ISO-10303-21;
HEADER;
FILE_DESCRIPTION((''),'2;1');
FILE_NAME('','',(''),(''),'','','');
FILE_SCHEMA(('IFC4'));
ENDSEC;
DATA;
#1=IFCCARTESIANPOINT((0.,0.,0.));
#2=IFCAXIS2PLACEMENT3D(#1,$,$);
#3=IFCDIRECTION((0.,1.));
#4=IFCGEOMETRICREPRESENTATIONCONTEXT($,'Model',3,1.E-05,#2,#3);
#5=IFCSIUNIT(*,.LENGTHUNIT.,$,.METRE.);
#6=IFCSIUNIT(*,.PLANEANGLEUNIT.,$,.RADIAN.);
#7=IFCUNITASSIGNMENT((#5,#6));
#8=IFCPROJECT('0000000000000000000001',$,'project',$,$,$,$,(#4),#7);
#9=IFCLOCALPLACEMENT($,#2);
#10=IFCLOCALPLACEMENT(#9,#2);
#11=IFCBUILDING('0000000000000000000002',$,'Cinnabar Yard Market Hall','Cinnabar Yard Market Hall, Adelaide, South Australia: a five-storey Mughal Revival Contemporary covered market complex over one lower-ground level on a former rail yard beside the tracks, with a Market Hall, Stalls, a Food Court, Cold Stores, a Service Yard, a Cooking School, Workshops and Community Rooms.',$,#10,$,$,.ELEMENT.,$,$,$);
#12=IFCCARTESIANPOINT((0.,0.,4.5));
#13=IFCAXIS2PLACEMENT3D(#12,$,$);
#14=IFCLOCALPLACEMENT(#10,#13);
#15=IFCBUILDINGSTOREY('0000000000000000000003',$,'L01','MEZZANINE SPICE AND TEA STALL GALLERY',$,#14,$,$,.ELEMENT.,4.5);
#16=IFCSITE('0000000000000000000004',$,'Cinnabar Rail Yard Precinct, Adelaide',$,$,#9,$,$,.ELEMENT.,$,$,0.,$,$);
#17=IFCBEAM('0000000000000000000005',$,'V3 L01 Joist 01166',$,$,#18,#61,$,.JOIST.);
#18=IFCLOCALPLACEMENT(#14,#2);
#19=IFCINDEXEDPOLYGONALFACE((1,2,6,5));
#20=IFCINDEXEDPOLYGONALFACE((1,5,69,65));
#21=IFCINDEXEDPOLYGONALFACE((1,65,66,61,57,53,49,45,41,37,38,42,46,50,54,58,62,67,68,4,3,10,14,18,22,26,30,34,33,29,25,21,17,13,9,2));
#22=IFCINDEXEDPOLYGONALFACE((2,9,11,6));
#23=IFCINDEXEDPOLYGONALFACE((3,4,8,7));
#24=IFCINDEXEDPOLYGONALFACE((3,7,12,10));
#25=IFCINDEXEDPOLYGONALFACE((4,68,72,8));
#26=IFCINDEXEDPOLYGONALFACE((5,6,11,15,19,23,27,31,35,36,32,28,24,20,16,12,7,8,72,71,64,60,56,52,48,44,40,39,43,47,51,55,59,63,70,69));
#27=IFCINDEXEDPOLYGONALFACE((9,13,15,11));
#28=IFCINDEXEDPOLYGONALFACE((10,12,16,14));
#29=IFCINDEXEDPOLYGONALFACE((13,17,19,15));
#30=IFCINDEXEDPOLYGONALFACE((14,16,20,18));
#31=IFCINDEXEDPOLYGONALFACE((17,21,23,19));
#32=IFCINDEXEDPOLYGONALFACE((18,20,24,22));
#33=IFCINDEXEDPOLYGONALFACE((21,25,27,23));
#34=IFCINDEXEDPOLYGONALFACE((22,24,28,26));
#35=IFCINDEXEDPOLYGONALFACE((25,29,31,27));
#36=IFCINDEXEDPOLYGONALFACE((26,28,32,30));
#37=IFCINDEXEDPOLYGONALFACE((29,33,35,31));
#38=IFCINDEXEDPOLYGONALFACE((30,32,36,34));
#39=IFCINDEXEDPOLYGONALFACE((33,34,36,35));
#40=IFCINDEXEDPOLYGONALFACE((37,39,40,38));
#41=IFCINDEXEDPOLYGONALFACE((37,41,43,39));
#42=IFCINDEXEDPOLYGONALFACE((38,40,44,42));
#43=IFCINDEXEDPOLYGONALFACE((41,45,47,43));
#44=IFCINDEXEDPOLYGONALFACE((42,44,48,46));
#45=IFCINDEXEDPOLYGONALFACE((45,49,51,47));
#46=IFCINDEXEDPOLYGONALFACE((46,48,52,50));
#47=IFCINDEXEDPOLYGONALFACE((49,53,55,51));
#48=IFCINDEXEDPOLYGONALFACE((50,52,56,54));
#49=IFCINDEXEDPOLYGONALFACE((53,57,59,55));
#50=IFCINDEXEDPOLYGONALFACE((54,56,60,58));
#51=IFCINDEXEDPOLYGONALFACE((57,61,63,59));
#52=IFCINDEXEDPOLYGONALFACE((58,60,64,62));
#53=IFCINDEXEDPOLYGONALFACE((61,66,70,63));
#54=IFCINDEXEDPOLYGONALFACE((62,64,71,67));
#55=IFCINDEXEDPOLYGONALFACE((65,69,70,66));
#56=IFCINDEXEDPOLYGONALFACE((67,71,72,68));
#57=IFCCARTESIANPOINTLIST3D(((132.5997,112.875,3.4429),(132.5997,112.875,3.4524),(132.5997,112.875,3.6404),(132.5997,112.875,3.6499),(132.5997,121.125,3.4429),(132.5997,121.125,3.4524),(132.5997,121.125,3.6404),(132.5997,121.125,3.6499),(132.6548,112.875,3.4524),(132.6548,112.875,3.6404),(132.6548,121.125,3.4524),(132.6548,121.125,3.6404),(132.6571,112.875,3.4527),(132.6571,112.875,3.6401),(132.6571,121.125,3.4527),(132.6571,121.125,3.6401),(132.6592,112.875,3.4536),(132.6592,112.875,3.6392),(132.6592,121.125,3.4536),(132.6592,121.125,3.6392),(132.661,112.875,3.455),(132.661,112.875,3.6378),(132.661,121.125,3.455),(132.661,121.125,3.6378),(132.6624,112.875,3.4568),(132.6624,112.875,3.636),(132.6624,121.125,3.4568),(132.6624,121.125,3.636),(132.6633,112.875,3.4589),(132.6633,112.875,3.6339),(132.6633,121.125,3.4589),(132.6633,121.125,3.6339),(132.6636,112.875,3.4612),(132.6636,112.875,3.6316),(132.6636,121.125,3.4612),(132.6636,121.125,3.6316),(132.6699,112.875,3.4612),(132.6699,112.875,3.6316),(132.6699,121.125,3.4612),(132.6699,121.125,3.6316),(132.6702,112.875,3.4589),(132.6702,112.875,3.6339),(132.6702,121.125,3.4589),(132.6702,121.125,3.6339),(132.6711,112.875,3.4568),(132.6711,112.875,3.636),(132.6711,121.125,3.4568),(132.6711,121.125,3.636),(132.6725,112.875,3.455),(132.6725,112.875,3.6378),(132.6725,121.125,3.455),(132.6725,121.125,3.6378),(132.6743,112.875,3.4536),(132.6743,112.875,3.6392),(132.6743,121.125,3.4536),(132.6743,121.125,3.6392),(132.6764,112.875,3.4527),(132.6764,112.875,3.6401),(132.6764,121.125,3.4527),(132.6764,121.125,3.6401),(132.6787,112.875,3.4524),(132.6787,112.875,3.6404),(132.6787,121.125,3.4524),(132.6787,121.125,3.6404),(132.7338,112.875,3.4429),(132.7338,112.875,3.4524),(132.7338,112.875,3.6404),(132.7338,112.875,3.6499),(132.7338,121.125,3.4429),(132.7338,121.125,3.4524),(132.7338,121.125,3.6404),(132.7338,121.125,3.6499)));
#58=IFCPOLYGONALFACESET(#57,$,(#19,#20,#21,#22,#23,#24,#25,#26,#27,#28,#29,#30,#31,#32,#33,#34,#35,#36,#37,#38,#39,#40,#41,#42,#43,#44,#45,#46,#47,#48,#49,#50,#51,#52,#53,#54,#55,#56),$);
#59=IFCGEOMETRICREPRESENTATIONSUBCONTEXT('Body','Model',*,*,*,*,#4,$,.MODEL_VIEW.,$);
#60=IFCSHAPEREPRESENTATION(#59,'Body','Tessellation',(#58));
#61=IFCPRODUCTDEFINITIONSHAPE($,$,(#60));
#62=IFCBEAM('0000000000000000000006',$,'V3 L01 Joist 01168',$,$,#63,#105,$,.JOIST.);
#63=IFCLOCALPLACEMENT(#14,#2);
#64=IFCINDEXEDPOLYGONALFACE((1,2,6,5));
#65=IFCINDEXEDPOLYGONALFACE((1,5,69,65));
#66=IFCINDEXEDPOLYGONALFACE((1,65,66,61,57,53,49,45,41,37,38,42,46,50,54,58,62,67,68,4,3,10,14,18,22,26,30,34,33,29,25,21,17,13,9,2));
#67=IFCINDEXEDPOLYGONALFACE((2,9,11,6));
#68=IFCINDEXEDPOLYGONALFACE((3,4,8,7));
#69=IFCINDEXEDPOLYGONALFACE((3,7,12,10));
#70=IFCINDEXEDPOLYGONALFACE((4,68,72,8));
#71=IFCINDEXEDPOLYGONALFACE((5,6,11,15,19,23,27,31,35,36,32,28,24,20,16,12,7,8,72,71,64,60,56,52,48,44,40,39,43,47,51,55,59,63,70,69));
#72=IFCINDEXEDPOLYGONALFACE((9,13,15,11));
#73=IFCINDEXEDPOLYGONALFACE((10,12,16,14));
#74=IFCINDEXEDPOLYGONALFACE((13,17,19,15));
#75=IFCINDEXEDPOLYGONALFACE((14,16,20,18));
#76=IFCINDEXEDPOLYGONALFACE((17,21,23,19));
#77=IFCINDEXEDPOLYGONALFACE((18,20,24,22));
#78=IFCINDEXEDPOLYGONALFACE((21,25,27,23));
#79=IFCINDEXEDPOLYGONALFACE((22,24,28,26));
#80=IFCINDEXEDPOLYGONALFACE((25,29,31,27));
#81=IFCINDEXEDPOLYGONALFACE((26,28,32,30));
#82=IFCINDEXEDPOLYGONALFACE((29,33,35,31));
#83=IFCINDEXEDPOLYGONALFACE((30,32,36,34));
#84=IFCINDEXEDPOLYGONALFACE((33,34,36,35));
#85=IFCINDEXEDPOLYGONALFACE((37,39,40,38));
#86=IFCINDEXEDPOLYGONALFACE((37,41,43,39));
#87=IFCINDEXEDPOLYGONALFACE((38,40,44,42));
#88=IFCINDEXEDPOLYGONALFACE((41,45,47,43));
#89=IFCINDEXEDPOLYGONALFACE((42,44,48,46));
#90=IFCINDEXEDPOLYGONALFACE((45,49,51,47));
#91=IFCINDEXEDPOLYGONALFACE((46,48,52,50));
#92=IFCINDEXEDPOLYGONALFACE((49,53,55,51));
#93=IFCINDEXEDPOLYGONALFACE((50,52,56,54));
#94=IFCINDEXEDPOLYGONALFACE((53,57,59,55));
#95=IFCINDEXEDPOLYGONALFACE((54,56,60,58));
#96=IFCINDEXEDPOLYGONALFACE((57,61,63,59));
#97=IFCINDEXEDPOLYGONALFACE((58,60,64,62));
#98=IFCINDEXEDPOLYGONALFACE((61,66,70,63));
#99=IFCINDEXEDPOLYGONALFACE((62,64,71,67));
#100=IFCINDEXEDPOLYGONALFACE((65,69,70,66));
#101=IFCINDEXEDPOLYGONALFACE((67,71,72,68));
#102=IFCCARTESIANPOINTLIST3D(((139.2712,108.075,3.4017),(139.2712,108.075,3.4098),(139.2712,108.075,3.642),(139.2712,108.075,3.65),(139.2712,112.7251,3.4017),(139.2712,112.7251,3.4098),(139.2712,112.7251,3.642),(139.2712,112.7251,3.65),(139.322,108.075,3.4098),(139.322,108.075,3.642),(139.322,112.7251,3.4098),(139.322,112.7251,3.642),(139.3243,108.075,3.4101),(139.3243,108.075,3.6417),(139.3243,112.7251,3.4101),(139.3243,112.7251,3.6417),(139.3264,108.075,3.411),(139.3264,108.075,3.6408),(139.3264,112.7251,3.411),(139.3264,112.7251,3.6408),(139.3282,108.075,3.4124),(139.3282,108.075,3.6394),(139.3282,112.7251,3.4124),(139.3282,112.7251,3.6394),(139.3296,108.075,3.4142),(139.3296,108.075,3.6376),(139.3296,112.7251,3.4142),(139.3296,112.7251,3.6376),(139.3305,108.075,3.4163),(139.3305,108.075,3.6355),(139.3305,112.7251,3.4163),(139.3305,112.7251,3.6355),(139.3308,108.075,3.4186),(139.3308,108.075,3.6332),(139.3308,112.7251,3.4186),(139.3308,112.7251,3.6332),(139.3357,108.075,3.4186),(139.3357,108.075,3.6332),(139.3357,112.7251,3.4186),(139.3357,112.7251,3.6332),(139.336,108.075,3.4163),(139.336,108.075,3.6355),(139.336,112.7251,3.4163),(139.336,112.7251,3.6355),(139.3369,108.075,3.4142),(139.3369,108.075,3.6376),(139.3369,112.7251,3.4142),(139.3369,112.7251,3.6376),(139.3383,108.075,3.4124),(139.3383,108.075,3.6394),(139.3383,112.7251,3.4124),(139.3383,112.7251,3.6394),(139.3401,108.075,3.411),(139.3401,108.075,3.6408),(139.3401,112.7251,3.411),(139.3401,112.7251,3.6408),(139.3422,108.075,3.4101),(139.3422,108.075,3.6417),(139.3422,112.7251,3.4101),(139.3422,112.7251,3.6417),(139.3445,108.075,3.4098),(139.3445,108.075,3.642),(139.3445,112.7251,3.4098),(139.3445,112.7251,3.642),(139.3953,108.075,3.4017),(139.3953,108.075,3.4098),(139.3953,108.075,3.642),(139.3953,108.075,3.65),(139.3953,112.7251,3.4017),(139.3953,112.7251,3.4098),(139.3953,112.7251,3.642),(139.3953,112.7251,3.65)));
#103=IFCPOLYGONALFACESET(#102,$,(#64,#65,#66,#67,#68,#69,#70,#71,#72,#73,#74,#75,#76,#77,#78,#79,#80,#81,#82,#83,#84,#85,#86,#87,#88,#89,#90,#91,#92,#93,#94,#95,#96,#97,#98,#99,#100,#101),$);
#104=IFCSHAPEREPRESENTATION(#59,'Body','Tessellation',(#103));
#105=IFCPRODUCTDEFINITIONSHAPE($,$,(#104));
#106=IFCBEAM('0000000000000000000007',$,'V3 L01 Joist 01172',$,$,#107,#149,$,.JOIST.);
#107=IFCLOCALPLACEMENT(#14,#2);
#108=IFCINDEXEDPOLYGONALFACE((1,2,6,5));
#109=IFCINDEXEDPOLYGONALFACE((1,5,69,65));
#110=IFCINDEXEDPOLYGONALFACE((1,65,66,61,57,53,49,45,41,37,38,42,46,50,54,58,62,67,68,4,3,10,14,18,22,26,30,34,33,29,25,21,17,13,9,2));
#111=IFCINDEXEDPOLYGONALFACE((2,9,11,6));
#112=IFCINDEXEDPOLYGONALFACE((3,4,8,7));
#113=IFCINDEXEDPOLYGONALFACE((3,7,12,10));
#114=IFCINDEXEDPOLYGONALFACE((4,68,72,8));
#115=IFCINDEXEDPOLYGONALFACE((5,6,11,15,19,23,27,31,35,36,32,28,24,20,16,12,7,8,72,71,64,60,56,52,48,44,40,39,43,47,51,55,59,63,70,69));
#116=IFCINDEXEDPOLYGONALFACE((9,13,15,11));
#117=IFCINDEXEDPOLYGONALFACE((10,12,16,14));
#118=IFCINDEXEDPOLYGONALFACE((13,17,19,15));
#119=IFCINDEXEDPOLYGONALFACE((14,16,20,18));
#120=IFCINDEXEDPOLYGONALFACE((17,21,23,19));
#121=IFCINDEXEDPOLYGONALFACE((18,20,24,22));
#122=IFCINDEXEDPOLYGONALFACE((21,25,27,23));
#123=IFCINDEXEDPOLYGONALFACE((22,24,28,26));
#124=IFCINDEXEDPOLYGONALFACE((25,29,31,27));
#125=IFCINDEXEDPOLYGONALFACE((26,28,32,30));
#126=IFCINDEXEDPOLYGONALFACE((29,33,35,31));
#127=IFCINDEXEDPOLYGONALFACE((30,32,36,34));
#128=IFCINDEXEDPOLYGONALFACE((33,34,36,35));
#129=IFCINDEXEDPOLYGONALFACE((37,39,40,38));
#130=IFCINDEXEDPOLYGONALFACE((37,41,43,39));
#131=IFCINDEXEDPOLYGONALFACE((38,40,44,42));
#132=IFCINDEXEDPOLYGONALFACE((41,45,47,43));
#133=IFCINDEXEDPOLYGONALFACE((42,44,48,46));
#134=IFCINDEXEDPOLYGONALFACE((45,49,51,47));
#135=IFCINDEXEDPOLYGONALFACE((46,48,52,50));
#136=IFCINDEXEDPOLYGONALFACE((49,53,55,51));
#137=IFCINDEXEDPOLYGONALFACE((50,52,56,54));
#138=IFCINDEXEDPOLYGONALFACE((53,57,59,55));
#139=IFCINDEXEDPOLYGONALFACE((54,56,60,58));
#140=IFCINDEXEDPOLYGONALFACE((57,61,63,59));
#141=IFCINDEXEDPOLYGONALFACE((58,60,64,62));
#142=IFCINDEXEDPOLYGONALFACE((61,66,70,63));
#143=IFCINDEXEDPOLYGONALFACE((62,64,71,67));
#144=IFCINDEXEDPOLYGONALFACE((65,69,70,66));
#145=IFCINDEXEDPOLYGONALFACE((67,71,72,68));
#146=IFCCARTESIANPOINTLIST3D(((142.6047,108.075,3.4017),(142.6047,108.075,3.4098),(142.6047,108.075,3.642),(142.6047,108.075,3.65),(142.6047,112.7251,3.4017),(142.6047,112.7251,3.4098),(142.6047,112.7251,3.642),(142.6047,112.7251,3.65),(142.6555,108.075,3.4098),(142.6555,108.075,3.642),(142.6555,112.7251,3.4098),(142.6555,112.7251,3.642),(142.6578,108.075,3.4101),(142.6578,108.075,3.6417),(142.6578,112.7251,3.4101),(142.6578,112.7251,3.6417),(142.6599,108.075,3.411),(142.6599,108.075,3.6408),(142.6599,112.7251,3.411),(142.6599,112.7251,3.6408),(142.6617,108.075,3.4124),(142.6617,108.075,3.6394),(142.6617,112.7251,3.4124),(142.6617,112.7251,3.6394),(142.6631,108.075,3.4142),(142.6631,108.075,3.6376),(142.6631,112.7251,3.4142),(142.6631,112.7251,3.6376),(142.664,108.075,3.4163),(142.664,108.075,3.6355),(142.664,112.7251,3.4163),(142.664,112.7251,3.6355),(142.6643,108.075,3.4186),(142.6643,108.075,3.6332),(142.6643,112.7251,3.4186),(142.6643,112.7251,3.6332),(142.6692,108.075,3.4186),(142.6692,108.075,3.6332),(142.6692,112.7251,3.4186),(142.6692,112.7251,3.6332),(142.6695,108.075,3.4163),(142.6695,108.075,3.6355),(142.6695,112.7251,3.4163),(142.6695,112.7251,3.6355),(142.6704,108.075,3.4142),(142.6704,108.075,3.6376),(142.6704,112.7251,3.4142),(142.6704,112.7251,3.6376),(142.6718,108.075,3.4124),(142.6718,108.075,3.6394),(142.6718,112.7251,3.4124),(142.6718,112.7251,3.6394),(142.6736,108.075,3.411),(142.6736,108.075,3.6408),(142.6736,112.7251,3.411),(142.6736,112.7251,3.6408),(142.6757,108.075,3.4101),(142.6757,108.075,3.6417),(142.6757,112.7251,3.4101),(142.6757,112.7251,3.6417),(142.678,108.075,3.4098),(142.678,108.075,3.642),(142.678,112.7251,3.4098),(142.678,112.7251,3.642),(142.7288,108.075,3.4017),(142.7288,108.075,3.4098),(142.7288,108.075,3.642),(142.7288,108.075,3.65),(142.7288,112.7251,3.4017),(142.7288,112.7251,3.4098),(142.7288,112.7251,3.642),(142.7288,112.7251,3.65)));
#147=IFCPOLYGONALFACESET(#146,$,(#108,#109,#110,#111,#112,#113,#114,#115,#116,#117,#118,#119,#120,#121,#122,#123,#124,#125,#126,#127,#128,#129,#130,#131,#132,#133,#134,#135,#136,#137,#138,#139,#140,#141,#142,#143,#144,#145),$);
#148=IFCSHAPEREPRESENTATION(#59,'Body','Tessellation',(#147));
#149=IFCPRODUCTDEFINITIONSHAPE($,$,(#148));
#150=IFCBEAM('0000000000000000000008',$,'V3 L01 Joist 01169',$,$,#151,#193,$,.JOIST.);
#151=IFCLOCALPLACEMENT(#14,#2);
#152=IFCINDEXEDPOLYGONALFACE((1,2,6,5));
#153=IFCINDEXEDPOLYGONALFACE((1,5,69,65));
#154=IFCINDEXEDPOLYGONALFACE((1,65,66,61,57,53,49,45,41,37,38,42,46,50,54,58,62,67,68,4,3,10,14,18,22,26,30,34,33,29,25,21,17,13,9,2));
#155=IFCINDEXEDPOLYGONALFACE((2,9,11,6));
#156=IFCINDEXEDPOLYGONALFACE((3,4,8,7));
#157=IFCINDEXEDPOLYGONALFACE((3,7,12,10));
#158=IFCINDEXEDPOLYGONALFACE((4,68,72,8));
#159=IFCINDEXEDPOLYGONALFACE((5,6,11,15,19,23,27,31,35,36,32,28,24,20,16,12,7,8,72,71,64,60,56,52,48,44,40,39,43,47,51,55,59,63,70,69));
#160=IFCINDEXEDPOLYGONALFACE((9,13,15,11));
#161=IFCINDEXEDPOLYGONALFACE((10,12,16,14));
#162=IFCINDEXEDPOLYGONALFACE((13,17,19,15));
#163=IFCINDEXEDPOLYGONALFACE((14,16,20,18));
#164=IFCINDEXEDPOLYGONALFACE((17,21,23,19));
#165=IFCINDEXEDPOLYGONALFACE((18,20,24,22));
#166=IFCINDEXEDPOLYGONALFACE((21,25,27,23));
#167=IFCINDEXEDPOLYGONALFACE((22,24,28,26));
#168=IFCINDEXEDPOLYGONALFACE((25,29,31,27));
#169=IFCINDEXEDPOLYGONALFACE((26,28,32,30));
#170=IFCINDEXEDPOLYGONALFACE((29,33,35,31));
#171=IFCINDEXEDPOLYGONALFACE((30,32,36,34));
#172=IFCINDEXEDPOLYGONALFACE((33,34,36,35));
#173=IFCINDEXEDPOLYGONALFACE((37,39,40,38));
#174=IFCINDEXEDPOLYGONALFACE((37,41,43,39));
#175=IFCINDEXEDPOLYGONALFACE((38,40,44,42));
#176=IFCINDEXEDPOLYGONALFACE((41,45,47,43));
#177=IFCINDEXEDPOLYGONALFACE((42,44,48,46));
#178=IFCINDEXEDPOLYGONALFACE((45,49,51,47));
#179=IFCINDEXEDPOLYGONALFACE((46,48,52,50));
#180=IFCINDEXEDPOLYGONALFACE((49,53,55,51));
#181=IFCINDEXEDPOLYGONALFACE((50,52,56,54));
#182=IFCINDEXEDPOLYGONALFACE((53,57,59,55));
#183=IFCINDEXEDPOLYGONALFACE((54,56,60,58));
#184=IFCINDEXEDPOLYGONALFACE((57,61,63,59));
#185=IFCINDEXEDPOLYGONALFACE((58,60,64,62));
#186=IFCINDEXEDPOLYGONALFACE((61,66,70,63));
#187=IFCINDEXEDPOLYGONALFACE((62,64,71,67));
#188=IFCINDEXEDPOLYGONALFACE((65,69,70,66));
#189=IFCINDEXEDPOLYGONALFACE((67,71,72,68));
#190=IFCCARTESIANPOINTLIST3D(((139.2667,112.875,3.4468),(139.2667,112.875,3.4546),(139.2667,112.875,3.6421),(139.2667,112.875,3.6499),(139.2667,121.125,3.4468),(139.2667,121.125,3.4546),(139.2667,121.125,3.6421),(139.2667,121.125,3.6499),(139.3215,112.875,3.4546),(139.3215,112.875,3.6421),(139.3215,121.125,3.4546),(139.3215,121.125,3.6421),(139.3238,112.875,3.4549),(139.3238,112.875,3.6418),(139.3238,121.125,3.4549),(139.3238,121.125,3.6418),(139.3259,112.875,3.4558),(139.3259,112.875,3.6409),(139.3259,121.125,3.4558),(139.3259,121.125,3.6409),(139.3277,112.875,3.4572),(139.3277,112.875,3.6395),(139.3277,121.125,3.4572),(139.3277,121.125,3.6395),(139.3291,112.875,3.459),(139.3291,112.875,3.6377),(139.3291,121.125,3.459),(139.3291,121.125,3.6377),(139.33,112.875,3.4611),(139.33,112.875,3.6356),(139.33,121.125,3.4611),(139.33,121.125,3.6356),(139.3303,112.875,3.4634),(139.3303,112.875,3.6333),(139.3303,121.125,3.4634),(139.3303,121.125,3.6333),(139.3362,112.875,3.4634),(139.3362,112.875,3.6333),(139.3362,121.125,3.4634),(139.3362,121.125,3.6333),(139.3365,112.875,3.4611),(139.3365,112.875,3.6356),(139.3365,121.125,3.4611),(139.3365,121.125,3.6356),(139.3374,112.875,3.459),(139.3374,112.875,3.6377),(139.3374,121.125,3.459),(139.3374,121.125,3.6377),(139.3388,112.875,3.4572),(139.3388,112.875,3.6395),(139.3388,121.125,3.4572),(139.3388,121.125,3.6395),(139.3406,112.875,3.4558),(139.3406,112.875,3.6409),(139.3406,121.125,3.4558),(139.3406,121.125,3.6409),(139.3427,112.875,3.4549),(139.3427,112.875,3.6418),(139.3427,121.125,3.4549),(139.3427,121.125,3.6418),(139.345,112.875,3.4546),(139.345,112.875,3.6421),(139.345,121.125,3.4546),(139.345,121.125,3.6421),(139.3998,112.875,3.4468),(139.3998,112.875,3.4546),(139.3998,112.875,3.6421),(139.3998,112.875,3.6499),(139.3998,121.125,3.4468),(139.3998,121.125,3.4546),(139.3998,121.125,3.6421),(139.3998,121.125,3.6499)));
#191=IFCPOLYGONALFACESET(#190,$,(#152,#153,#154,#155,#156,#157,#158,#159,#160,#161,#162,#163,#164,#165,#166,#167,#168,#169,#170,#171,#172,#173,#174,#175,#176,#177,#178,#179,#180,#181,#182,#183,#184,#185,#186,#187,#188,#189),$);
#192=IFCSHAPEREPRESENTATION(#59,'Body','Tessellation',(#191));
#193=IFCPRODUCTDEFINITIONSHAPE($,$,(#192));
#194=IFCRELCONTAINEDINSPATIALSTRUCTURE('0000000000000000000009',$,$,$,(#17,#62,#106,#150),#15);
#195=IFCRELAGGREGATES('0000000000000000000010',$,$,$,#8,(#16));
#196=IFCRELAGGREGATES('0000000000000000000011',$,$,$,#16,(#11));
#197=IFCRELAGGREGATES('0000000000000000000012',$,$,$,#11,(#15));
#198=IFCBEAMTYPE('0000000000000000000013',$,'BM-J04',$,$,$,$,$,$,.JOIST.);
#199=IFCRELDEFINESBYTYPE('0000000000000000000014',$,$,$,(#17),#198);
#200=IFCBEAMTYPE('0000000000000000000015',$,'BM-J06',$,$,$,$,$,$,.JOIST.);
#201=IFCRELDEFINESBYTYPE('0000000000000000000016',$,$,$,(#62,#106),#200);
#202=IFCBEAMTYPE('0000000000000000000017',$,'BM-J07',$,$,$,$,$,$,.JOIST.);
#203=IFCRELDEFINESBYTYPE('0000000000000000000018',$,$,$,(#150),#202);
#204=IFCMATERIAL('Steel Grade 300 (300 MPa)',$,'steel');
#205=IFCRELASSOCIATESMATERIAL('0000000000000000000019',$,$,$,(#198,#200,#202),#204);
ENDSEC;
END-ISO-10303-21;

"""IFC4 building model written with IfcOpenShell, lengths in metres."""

from ifc_helpers import new_model, si_unit, direction, frame, origin, origin_2d_with_axis, place, context, subcontext, project, spatial, i_section, extrude, material, material_profile, profile_set, type_object, element, save


model = new_model("IFC4")

# Units and contexts
model_context = context("Model", 3, precision=1e-05, world=origin(), true_north=direction((0.0, 1.0)))
body_context = subcontext(model_context, "Body", "Model", "MODEL_VIEW")
ifc_project = project(units=[si_unit("LENGTHUNIT", "METRE"), si_unit("PLANEANGLEUNIT", "RADIAN")], contexts=[model_context])

# Site, building, storey
site_placement = place(None, origin())
site = spatial("IfcSite", under=ifc_project, at=site_placement, Name="Cinnabar Rail Yard Precinct, Adelaide", CompositionType="ELEMENT", RefElevation=0.0)
building_placement = place(site_placement, origin())
building = spatial("IfcBuilding", under=site, at=building_placement, Name="Cinnabar Yard Market Hall", Description="Cinnabar Yard Market Hall, Adelaide, South Australia: a five-storey Mughal Revival Contemporary covered market complex over one lower-ground level on a former rail yard beside the tracks, with a Market Hall, Stalls, a Food Court, Cold Stores, a Service Yard, a Cooking School, Workshops and Community Rooms.", CompositionType="ELEMENT")
storey_placement = place(building_placement, frame((0.0, 0.0, 4.5)))
storey = spatial("IfcBuildingStorey", under=building, at=storey_placement, Name="L01", Description="MEZZANINE SPICE AND TEA STALL GALLERY", CompositionType="ELEMENT", Elevation=4.5)

# Shared definitions
ifc_material_1 = material(Name="Steel Grade 300 (300 MPa)", Category="steel")

# Beams
ifc_material_profile_1 = material_profile(ifc_material_1, i_section(OverallWidth=0.134, OverallDepth=0.207, WebThickness=0.0063, FlangeThickness=0.0095, FilletRadius=0.0088, at=origin_2d_with_axis()), Name="200UB29.8")
ifc_profile_set_1 = profile_set([ifc_material_profile_1], Name="Steel Grade 300 (300 MPa)")
beam_type_1 = type_object("IfcBeamType", Name="BM-J04", PredefinedType="JOIST", material=ifc_profile_set_1)
for number, where, z_axis, x_axis, name in (
    (1, (132.6667, 112.875, 3.5464), (0.0, 1.0, 0.0), (-1.0, 0.0, 0.0), "V3 L01 Joist 01166"),
):
    element("IfcBeam", number, at=place(storey_placement, frame(where, z_axis=z_axis, x_axis=x_axis)), inside=storey, type_object=beam_type_1, Name=name, PredefinedType="JOIST", context=body_context, shape_type="SweptSolid", body=[
        extrude(i_section(OverallWidth=0.134, OverallDepth=0.207, WebThickness=0.0063, FlangeThickness=0.0095, FilletRadius=0.0088, at=origin_2d_with_axis()), origin(), (0.0, 0.0, 1.0), 8.25),
    ])
ifc_material_profile_2 = material_profile(ifc_material_1, i_section(OverallWidth=0.124, OverallDepth=0.2483, WebThickness=0.0049, FlangeThickness=0.0081, FilletRadius=0.0088, at=origin_2d_with_axis()), Name="250UB25.7")
ifc_profile_set_2 = profile_set([ifc_material_profile_2], Name="Steel Grade 300 (300 MPa)")
beam_type_2 = type_object("IfcBeamType", Name="BM-J06", PredefinedType="JOIST", material=ifc_profile_set_2)
for number, where, z_axis, x_axis, name in (
    (2, (139.3333, 108.075, 3.5259), (0.0, 1.0, 0.0), (-1.0, 0.0, 0.0), "V3 L01 Joist 01168"),
    (3, (142.6667, 108.075, 3.5259), (0.0, 1.0, 0.0), (-1.0, 0.0, 0.0), "V3 L01 Joist 01172"),
):
    element("IfcBeam", number, at=place(storey_placement, frame(where, z_axis=z_axis, x_axis=x_axis)), inside=storey, type_object=beam_type_2, Name=name, PredefinedType="JOIST", context=body_context, shape_type="SweptSolid", body=[
        extrude(i_section(OverallWidth=0.124, OverallDepth=0.2483, WebThickness=0.0049, FlangeThickness=0.0081, FilletRadius=0.0088, at=origin_2d_with_axis()), origin(), (0.0, 0.0, 1.0), 4.6501),
    ])
ifc_material_profile_3 = material_profile(ifc_material_1, i_section(OverallWidth=0.1331, OverallDepth=0.2031, WebThickness=0.0059, FlangeThickness=0.0078, FilletRadius=0.0088, at=origin_2d_with_axis()), Name="200UB25.4")
ifc_profile_set_3 = profile_set([ifc_material_profile_3], Name="Steel Grade 300 (300 MPa)")
beam_type_3 = type_object("IfcBeamType", Name="BM-J07", PredefinedType="JOIST", material=ifc_profile_set_3)
beam_1_placement = place(storey_placement, frame((139.3333, 112.875, 3.5483), z_axis=(0.0, 1.0, 0.0), x_axis=(-1.0, 0.0, 0.0)))
element("IfcBeam", 4, at=beam_1_placement, inside=storey, type_object=beam_type_3, Name="V3 L01 Joist 01169", PredefinedType="JOIST", context=body_context, shape_type="SweptSolid", body=[
    extrude(i_section(OverallWidth=0.1331, OverallDepth=0.2031, WebThickness=0.0059, FlangeThickness=0.0078, FilletRadius=0.0088, at=origin_2d_with_axis()), origin(), (0.0, 0.0, 1.0), 8.25),
])

save(model, "model.ifc")
